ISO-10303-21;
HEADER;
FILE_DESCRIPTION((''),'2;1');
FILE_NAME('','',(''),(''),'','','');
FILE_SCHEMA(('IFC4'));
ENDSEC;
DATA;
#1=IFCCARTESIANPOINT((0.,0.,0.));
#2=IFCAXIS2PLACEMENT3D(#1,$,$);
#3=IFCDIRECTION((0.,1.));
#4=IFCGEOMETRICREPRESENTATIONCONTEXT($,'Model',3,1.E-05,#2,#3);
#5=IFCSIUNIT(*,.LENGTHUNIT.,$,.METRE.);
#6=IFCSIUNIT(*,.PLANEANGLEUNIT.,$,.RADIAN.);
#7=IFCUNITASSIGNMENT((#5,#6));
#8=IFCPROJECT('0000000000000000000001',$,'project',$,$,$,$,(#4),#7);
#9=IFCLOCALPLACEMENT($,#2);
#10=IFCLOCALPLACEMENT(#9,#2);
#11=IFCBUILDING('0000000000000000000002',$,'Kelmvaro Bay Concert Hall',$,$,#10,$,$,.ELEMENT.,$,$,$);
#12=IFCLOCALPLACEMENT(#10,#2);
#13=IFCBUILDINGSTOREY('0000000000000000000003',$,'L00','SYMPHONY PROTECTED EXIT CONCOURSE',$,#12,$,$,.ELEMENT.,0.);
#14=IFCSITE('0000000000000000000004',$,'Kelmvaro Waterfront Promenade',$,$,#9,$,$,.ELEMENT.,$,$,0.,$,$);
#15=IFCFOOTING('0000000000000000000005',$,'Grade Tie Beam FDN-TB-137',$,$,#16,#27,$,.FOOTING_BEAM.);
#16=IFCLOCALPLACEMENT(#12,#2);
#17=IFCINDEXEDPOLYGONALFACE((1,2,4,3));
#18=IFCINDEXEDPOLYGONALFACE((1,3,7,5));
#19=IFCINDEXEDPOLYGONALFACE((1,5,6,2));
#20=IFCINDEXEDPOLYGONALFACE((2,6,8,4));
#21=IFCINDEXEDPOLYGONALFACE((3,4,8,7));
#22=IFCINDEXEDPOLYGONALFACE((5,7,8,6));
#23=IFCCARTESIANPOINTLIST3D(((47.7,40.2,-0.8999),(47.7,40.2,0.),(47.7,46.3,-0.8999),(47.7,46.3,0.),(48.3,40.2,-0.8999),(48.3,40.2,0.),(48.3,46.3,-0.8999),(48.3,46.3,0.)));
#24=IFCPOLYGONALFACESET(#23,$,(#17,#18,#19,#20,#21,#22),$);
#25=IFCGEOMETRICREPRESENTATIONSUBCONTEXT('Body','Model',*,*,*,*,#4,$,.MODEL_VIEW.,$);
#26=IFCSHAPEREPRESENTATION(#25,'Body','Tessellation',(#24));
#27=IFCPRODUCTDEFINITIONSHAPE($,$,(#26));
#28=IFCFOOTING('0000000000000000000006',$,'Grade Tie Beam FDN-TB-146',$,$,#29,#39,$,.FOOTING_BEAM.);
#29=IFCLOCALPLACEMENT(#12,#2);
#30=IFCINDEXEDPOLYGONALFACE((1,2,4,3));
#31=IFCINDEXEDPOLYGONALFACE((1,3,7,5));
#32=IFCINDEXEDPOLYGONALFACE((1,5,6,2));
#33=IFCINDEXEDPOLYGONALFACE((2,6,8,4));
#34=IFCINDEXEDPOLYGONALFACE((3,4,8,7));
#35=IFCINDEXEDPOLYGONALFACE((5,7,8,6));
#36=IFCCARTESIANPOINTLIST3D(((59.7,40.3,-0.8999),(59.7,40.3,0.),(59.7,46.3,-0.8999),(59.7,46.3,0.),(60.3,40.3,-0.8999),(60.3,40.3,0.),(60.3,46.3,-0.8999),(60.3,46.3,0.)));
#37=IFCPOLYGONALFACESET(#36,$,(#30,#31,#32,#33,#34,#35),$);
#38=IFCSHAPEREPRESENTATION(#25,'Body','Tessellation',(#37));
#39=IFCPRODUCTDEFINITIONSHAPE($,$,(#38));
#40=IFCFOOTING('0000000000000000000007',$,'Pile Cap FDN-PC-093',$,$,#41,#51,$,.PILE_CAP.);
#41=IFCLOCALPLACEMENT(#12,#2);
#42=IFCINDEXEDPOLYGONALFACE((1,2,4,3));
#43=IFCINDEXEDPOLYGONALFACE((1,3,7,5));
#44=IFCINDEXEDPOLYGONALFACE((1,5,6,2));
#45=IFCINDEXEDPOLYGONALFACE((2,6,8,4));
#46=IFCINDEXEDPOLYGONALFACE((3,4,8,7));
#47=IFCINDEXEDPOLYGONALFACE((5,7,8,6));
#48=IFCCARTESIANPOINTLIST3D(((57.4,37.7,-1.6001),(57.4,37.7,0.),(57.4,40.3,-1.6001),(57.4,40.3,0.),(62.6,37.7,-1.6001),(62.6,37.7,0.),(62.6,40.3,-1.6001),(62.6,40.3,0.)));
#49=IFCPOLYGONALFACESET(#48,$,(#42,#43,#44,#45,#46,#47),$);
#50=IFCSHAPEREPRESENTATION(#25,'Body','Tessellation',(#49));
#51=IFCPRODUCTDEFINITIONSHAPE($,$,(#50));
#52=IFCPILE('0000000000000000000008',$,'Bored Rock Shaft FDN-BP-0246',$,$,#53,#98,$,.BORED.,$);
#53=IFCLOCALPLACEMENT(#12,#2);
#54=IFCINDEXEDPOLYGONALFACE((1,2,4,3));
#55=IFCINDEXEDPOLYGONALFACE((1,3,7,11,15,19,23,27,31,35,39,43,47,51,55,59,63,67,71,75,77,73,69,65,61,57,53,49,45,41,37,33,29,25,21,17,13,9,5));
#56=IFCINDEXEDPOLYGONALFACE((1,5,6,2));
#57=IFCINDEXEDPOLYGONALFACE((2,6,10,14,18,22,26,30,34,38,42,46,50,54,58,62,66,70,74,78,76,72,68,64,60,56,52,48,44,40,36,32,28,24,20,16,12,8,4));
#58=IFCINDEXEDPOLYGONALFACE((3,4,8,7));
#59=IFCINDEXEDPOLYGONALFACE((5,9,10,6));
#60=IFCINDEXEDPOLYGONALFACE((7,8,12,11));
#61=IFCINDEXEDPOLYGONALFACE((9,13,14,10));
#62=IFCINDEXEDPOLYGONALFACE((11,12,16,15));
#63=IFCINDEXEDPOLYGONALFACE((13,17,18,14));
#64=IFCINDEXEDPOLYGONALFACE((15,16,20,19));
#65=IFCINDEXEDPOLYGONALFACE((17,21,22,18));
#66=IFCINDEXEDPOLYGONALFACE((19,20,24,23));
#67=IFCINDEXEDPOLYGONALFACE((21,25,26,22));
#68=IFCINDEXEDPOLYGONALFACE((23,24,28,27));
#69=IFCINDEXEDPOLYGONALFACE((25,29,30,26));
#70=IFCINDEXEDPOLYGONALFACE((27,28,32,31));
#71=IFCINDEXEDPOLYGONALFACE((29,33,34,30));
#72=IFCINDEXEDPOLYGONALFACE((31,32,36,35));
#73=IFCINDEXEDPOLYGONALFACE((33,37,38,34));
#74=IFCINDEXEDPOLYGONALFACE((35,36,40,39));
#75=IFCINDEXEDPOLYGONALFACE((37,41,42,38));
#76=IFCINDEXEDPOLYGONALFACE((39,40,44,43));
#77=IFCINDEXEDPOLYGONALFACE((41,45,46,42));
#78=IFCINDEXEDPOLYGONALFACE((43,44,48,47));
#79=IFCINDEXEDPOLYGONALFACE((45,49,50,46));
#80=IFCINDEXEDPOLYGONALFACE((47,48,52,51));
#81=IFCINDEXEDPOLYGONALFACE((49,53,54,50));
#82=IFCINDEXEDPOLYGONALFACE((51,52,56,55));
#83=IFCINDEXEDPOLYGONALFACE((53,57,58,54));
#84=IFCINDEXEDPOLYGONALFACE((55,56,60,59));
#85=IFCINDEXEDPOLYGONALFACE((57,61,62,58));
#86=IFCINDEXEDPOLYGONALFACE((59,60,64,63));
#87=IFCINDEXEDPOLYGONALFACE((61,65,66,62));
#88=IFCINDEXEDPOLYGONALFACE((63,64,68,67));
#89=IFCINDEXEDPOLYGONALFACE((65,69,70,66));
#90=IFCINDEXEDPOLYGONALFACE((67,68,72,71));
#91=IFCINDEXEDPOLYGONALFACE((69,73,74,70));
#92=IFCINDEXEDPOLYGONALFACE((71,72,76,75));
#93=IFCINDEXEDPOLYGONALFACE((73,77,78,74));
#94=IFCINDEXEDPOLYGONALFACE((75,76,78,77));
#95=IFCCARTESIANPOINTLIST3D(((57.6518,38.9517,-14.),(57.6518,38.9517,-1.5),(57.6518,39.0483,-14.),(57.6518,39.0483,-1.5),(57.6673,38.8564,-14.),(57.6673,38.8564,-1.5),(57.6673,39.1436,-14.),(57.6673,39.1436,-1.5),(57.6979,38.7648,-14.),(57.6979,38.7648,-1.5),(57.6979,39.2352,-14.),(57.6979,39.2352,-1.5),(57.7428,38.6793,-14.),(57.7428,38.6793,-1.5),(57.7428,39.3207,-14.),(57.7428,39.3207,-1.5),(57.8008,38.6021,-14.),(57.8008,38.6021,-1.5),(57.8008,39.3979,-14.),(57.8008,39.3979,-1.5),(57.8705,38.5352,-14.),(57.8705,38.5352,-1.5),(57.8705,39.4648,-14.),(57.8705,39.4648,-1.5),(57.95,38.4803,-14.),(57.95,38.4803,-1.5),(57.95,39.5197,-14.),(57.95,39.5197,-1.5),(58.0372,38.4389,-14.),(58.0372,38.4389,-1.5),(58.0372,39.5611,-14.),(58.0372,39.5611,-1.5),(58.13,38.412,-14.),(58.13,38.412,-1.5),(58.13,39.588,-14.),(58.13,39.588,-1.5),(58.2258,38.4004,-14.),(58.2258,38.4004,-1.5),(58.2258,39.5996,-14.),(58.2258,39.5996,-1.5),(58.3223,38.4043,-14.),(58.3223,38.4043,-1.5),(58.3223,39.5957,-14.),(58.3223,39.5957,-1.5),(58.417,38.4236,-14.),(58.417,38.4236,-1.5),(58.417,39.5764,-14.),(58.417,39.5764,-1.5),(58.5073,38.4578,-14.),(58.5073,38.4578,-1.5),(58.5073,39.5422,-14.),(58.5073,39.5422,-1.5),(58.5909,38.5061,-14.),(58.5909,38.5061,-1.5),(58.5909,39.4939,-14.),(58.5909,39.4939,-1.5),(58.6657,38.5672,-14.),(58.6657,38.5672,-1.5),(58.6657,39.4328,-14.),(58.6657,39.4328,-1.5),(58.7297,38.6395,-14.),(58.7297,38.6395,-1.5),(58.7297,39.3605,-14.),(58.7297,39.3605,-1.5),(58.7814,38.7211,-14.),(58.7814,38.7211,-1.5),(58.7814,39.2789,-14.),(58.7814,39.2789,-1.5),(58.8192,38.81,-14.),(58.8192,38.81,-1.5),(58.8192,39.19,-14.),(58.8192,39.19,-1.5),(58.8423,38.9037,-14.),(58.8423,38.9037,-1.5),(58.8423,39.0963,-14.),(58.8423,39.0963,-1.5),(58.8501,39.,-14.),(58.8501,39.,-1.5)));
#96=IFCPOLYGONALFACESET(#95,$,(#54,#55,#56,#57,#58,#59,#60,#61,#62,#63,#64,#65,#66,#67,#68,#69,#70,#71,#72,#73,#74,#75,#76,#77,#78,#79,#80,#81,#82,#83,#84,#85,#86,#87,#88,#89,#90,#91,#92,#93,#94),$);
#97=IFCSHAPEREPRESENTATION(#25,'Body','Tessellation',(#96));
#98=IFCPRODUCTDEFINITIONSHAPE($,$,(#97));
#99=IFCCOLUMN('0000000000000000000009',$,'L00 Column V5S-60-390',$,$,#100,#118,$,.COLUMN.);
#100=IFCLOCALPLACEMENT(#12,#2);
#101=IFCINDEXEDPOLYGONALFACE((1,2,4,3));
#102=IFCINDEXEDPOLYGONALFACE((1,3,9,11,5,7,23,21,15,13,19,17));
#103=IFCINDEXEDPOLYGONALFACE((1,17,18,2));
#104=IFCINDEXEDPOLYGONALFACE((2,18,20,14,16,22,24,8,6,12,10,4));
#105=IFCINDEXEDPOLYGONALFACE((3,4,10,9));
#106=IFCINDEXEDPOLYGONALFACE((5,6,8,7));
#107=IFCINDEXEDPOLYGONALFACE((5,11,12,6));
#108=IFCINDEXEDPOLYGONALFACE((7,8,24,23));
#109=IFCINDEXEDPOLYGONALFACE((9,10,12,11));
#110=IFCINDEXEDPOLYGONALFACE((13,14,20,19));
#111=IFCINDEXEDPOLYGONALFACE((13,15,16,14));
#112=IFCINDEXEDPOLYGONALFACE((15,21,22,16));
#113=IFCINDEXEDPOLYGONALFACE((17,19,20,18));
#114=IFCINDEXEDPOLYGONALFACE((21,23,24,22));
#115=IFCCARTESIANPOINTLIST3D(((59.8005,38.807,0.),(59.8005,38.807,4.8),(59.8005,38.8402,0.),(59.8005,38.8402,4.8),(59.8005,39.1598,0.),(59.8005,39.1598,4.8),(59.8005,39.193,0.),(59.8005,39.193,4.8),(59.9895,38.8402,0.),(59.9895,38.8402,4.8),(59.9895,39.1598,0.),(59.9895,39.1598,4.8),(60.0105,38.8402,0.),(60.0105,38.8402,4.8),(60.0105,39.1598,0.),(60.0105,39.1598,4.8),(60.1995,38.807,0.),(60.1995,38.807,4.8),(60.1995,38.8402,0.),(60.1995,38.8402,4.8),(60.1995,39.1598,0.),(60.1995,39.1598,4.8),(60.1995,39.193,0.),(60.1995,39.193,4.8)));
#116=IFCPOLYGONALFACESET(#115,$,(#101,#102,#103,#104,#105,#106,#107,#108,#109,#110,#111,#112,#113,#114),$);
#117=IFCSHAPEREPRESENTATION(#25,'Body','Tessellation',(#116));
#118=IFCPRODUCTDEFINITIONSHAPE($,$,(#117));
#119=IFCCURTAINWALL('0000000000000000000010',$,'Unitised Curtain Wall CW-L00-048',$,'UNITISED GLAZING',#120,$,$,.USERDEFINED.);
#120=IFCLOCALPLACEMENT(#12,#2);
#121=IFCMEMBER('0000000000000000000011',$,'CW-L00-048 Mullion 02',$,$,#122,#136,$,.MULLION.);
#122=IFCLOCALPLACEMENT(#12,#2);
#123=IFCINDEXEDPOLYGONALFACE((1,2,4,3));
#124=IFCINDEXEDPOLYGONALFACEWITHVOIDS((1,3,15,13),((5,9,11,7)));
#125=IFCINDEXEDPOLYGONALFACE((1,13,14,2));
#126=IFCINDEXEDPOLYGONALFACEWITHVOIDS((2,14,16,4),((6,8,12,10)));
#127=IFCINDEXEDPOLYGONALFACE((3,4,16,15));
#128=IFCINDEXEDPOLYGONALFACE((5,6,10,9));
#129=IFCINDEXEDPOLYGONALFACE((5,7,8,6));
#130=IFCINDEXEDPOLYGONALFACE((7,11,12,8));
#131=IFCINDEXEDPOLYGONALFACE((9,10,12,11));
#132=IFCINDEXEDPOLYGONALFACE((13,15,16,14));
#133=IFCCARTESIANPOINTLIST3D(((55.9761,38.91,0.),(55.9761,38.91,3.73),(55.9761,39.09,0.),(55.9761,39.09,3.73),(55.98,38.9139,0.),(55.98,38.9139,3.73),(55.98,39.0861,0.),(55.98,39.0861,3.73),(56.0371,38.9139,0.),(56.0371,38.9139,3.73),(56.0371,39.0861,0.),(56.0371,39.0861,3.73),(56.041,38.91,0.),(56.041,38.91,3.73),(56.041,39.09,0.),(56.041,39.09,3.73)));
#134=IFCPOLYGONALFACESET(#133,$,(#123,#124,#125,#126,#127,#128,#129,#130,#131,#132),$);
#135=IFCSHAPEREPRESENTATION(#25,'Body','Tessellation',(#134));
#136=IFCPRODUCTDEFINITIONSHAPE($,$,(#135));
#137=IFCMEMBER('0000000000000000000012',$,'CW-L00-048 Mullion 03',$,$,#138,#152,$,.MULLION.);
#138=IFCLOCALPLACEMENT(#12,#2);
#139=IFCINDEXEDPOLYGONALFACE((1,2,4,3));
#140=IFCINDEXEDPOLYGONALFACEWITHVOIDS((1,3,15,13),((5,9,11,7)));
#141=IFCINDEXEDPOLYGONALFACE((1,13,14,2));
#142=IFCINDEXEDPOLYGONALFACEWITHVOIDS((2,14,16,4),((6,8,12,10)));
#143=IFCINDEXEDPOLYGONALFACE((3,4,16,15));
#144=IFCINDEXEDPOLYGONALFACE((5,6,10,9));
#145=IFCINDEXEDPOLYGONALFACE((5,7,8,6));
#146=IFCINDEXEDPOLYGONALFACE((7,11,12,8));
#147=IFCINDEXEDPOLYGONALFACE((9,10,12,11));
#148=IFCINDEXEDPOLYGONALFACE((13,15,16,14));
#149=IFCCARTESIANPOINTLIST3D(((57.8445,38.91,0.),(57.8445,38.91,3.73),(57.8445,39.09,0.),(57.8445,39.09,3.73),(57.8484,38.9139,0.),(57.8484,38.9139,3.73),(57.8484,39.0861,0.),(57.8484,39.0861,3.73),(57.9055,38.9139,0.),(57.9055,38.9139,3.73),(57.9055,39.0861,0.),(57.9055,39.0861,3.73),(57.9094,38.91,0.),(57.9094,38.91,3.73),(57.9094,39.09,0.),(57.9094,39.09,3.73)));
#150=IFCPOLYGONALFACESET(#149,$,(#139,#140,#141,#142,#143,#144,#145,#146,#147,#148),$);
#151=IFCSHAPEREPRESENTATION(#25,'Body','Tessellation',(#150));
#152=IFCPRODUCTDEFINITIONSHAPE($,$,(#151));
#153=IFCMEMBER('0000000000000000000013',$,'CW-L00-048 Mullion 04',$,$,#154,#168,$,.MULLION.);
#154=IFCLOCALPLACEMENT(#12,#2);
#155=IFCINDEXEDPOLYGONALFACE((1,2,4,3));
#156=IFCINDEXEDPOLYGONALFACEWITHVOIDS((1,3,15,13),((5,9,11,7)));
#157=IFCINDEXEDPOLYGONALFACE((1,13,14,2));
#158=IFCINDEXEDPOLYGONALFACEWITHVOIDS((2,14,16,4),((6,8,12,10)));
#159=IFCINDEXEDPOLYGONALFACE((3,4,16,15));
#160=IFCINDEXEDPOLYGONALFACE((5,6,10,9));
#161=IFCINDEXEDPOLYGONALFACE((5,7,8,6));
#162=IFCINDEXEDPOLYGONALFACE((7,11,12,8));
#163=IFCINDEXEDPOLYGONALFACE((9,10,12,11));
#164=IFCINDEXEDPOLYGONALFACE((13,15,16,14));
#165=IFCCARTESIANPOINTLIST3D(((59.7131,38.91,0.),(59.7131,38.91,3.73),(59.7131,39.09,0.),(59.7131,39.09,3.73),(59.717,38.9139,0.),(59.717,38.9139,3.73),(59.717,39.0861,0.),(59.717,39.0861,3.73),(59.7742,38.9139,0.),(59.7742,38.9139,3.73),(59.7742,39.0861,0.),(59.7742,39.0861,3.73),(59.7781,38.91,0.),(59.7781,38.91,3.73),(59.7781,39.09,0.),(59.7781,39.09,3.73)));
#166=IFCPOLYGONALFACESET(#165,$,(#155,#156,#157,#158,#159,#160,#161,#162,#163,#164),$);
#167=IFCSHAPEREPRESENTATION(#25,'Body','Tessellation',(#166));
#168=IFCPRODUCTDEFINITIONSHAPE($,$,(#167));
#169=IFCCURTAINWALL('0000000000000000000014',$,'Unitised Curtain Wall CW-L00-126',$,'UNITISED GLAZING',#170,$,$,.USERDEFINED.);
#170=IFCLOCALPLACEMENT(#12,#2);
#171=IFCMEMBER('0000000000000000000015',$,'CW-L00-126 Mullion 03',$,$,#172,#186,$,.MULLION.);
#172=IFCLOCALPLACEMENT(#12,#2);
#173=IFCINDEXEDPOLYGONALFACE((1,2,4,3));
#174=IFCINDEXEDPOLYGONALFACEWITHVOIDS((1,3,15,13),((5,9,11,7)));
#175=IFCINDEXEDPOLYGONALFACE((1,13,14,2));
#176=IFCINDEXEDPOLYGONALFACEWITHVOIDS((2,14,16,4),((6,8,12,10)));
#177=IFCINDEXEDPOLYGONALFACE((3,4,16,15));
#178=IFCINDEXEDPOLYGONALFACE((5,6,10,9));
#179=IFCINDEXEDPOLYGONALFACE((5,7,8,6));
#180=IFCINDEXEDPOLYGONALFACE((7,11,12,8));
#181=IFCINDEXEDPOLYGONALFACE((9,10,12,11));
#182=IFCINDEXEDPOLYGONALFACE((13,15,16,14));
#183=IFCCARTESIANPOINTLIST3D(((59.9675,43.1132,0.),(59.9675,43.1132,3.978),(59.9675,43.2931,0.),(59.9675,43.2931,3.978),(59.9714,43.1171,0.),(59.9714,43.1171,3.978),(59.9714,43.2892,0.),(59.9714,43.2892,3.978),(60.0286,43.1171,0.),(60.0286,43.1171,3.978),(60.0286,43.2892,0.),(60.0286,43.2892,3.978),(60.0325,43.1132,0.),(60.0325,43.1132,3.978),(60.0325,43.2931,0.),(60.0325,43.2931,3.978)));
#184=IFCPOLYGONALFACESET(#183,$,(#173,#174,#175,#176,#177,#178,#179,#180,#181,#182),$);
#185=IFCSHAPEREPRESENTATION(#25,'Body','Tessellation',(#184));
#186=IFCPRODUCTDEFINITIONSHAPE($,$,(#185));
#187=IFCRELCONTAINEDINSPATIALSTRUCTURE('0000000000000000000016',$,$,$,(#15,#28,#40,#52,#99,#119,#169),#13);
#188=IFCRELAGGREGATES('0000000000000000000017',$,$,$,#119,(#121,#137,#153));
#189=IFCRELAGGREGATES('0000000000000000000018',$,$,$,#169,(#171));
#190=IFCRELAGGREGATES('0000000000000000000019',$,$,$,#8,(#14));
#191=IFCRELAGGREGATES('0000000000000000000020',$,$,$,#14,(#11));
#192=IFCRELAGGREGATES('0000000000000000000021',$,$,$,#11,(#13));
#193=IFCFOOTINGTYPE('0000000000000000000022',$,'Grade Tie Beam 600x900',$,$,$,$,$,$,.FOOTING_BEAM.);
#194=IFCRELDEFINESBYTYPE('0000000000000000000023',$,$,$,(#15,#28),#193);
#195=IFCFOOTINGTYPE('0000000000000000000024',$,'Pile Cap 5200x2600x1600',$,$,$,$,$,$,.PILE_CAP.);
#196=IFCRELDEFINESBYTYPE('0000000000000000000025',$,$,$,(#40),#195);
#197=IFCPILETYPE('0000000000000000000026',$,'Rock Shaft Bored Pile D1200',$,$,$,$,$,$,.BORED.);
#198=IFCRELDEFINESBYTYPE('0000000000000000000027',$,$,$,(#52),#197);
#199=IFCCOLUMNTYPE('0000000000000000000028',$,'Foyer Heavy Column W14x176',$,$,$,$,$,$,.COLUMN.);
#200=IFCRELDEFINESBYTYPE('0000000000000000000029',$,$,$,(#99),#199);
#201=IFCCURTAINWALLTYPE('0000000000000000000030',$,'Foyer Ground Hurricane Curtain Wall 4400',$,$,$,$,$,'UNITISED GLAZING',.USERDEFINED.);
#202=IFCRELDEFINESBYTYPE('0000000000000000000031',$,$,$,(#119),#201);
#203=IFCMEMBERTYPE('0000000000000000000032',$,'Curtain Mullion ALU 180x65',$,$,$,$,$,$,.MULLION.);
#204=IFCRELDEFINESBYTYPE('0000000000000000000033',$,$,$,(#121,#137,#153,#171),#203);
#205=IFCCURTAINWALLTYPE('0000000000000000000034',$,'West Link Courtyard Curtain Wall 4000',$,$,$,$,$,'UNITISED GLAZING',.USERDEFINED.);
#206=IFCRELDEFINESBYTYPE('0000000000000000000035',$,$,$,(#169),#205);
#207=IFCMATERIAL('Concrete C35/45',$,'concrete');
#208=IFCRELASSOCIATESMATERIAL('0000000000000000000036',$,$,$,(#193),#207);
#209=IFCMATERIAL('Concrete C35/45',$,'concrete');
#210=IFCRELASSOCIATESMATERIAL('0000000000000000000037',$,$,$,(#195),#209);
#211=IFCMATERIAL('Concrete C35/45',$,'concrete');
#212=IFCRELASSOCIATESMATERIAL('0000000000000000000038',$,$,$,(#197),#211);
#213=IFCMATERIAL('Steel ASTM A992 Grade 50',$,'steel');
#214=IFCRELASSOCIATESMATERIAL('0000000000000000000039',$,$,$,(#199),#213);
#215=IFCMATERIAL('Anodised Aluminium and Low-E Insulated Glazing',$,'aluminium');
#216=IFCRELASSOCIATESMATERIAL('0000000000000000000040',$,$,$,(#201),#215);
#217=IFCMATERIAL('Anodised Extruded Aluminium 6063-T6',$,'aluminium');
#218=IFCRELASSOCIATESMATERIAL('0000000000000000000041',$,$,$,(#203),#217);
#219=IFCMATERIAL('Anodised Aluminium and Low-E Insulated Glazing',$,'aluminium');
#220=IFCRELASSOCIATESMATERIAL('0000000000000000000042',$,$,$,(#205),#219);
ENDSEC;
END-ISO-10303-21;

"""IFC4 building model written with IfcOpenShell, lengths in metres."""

from ifc_helpers import new_model, si_unit, direction, frame, origin, origin_2d, place, context, subcontext, project, spatial, rectangle, hollow_rectangle, circle, i_section, extrude, material, material_profile, profile_set, type_object, element, aggregate, save


model = new_model("IFC4")

# Units and contexts
model_context = context("Model", 3, precision=1e-05, world=origin(), true_north=direction((0.0, 1.0)))
body_context = subcontext(model_context, "Body", "Model", "MODEL_VIEW")
ifc_project = project(units=[si_unit("LENGTHUNIT", "METRE"), si_unit("PLANEANGLEUNIT", "RADIAN")], contexts=[model_context])

# Site, building, storey
site_placement = place(None, origin())
site = spatial("IfcSite", under=ifc_project, at=site_placement, Name="Kelmvaro Waterfront Promenade", CompositionType="ELEMENT", RefElevation=0.0)
building_placement = place(site_placement, origin())
building = spatial("IfcBuilding", under=site, at=building_placement, Name="Kelmvaro Bay Concert Hall", CompositionType="ELEMENT")
storey_placement = place(building_placement, origin())
storey = spatial("IfcBuildingStorey", under=building, at=storey_placement, Name="L00", Description="SYMPHONY PROTECTED EXIT CONCOURSE", CompositionType="ELEMENT", Elevation=0.0)

# Footings
ifc_material_1 = material(Name="Concrete C35/45", Category="concrete")
footing_type_1 = type_object("IfcFootingType", Name="Grade Tie Beam 600x900", PredefinedType="FOOTING_BEAM", material=ifc_material_1)
footing_1_placement = place(storey_placement, frame((48.0, 43.25, -0.8999), z_axis=(0.0, 0.0, 1.0), x_axis=(0.0, 1.0, 0.0)))
element("IfcFooting", 1, at=footing_1_placement, inside=storey, type_object=footing_type_1, Name="Grade Tie Beam FDN-TB-137", PredefinedType="FOOTING_BEAM", context=body_context, shape_type="SweptSolid", body=[
    extrude(rectangle(XDim=6.1001, YDim=0.6001, at=origin_2d()), origin(), (0.0, 0.0, 1.0), 0.8999),
])
footing_2_placement = place(storey_placement, frame((60.0, 43.3, -0.8999), z_axis=(0.0, 0.0, 1.0), x_axis=(0.0, 1.0, 0.0)))
element("IfcFooting", 2, at=footing_2_placement, inside=storey, type_object=footing_type_1, Name="Grade Tie Beam FDN-TB-146", PredefinedType="FOOTING_BEAM", context=body_context, shape_type="SweptSolid", body=[
    extrude(rectangle(XDim=6.0, YDim=0.6001, at=origin_2d()), origin(), (0.0, 0.0, 1.0), 0.8999),
])
ifc_material_2 = material(Name="Concrete C35/45", Category="concrete")
footing_type_2 = type_object("IfcFootingType", Name="Pile Cap 5200x2600x1600", PredefinedType="PILE_CAP", material=ifc_material_2)
footing_3_placement = place(storey_placement, frame((60.0, 39.0, -1.6001), z_axis=(0.0, 0.0, 1.0), x_axis=(1.0, 0.0, 0.0)))
element("IfcFooting", 3, at=footing_3_placement, inside=storey, type_object=footing_type_2, Name="Pile Cap FDN-PC-093", PredefinedType="PILE_CAP", context=body_context, shape_type="SweptSolid", body=[
    extrude(rectangle(XDim=5.2, YDim=2.6001, at=origin_2d()), origin(), (0.0, 0.0, 1.0), 1.6001),
])

# Pile
ifc_material_3 = material(Name="Concrete C35/45", Category="concrete")
ifc_material_profile_1 = material_profile(ifc_material_3, circle(Radius=0.6001, at=origin_2d()), Name="PILE-BORED-1200")
ifc_profile_set_1 = profile_set([ifc_material_profile_1], Name="Concrete C35/45")
pile_type = type_object("IfcPileType", Name="Rock Shaft Bored Pile D1200", PredefinedType="BORED", material=ifc_profile_set_1)
pile_placement = place(storey_placement, frame((58.25, 39.0, -1.5), z_axis=(0.0, 0.0, -1.0), x_axis=(1.0, 0.0, 0.0)))
element("IfcPile", 4, at=pile_placement, inside=storey, type_object=pile_type, Name="Bored Rock Shaft FDN-BP-0246", PredefinedType="BORED", context=body_context, shape_type="SweptSolid", body=[
    extrude(circle(Radius=0.6001, at=origin_2d()), origin(), (0.0, 0.0, 1.0), 12.5),
])

# Column
ifc_material_4 = material(Name="Steel ASTM A992 Grade 50", Category="steel")
ifc_material_profile_2 = material_profile(ifc_material_4, i_section(OverallWidth=0.3989, OverallDepth=0.386, WebThickness=0.021, FlangeThickness=0.0332, at=origin_2d()), Name="W14X176")
ifc_profile_set_2 = profile_set([ifc_material_profile_2], Name="Steel ASTM A992 Grade 50")
column_type = type_object("IfcColumnType", Name="Foyer Heavy Column W14x176", PredefinedType="COLUMN", material=ifc_profile_set_2)
column_placement = place(storey_placement, frame((60.0, 39.0, 0.0), z_axis=(0.0, 0.0, 1.0), x_axis=(1.0, 0.0, 0.0)))
element("IfcColumn", 5, at=column_placement, inside=storey, type_object=column_type, Name="L00 Column V5S-60-390", PredefinedType="COLUMN", context=body_context, shape_type="SweptSolid", body=[
    extrude(i_section(OverallWidth=0.3989, OverallDepth=0.386, WebThickness=0.021, FlangeThickness=0.0332, at=origin_2d()), origin(), (0.0, 0.0, 1.0), 4.8),
])

# Curtain walls, members
ifc_material_5 = material(Name="Anodised Aluminium and Low-E Insulated Glazing", Category="aluminium")
curtain_wall_type_1 = type_object("IfcCurtainWallType", Name="Foyer Ground Hurricane Curtain Wall 4400", ElementType="UNITISED GLAZING", PredefinedType="USERDEFINED", material=ifc_material_5)
curtain_wall_1_placement = place(storey_placement, origin())
curtain_wall_1 = element("IfcCurtainWall", 6, at=curtain_wall_1_placement, inside=storey, type_object=curtain_wall_type_1, Name="Unitised Curtain Wall CW-L00-048", ObjectType="UNITISED GLAZING", PredefinedType="USERDEFINED")
ifc_material_6 = material(Name="Anodised Extruded Aluminium 6063-T6", Category="aluminium")
ifc_material_profile_3 = material_profile(ifc_material_6, hollow_rectangle(XDim=0.0649, YDim=0.1799, WallThickness=0.0039, at=origin_2d()), Name="ALU-MUL-180X65")
ifc_profile_set_3 = profile_set([ifc_material_profile_3], Name="Anodised Extruded Aluminium 6063-T6")
member_type_1 = type_object("IfcMemberType", Name="Curtain Mullion ALU 180x65", PredefinedType="MULLION", material=ifc_profile_set_3)
member_1_placement = place(storey_placement, frame((56.0085, 39.0, 0.0), z_axis=(0.0, 0.0, 1.0), x_axis=(1.0, 0.0, 0.0)))
member_1 = element("IfcMember", 7, at=member_1_placement, type_object=member_type_1, Name="CW-L00-048 Mullion 02", PredefinedType="MULLION", context=body_context, shape_type="SweptSolid", body=[
    extrude(hollow_rectangle(XDim=0.0649, YDim=0.1799, WallThickness=0.0039, at=origin_2d()), origin(), (0.0, 0.0, 1.0), 3.73),
])
member_2_placement = place(storey_placement, frame((57.877, 39.0, 0.0), z_axis=(0.0, 0.0, 1.0), x_axis=(1.0, 0.0, 0.0)))
member_2 = element("IfcMember", 8, at=member_2_placement, type_object=member_type_1, Name="CW-L00-048 Mullion 03", PredefinedType="MULLION", context=body_context, shape_type="SweptSolid", body=[
    extrude(hollow_rectangle(XDim=0.0649, YDim=0.1799, WallThickness=0.0039, at=origin_2d()), origin(), (0.0, 0.0, 1.0), 3.73),
])
member_3_placement = place(storey_placement, frame((59.7456, 39.0, 0.0), z_axis=(0.0, 0.0, 1.0), x_axis=(1.0, 0.0, 0.0)))
member_3 = element("IfcMember", 9, at=member_3_placement, type_object=member_type_1, Name="CW-L00-048 Mullion 04", PredefinedType="MULLION", context=body_context, shape_type="SweptSolid", body=[
    extrude(hollow_rectangle(XDim=0.0649, YDim=0.1799, WallThickness=0.0039, at=origin_2d()), origin(), (0.0, 0.0, 1.0), 3.73),
])
ifc_material_7 = material(Name="Anodised Aluminium and Low-E Insulated Glazing", Category="aluminium")
curtain_wall_type_2 = type_object("IfcCurtainWallType", Name="West Link Courtyard Curtain Wall 4000", ElementType="UNITISED GLAZING", PredefinedType="USERDEFINED", material=ifc_material_7)
curtain_wall_2_placement = place(storey_placement, origin())
curtain_wall_2 = element("IfcCurtainWall", 10, at=curtain_wall_2_placement, inside=storey, type_object=curtain_wall_type_2, Name="Unitised Curtain Wall CW-L00-126", ObjectType="UNITISED GLAZING", PredefinedType="USERDEFINED")
member_4_placement = place(storey_placement, frame((60.0, 43.2031, 0.0), z_axis=(0.0, 0.0, 1.0), x_axis=(1.0, 0.0, 0.0)))
member_4 = element("IfcMember", 11, at=member_4_placement, type_object=member_type_1, Name="CW-L00-126 Mullion 03", PredefinedType="MULLION", context=body_context, shape_type="SweptSolid", body=[
    extrude(hollow_rectangle(XDim=0.0649, YDim=0.1799, WallThickness=0.0039, at=origin_2d()), origin(), (0.0, 0.0, 1.0), 3.978),
])

aggregate(curtain_wall_1, [member_1, member_2, member_3])
aggregate(curtain_wall_2, [member_4])

save(model, "model.ifc")
